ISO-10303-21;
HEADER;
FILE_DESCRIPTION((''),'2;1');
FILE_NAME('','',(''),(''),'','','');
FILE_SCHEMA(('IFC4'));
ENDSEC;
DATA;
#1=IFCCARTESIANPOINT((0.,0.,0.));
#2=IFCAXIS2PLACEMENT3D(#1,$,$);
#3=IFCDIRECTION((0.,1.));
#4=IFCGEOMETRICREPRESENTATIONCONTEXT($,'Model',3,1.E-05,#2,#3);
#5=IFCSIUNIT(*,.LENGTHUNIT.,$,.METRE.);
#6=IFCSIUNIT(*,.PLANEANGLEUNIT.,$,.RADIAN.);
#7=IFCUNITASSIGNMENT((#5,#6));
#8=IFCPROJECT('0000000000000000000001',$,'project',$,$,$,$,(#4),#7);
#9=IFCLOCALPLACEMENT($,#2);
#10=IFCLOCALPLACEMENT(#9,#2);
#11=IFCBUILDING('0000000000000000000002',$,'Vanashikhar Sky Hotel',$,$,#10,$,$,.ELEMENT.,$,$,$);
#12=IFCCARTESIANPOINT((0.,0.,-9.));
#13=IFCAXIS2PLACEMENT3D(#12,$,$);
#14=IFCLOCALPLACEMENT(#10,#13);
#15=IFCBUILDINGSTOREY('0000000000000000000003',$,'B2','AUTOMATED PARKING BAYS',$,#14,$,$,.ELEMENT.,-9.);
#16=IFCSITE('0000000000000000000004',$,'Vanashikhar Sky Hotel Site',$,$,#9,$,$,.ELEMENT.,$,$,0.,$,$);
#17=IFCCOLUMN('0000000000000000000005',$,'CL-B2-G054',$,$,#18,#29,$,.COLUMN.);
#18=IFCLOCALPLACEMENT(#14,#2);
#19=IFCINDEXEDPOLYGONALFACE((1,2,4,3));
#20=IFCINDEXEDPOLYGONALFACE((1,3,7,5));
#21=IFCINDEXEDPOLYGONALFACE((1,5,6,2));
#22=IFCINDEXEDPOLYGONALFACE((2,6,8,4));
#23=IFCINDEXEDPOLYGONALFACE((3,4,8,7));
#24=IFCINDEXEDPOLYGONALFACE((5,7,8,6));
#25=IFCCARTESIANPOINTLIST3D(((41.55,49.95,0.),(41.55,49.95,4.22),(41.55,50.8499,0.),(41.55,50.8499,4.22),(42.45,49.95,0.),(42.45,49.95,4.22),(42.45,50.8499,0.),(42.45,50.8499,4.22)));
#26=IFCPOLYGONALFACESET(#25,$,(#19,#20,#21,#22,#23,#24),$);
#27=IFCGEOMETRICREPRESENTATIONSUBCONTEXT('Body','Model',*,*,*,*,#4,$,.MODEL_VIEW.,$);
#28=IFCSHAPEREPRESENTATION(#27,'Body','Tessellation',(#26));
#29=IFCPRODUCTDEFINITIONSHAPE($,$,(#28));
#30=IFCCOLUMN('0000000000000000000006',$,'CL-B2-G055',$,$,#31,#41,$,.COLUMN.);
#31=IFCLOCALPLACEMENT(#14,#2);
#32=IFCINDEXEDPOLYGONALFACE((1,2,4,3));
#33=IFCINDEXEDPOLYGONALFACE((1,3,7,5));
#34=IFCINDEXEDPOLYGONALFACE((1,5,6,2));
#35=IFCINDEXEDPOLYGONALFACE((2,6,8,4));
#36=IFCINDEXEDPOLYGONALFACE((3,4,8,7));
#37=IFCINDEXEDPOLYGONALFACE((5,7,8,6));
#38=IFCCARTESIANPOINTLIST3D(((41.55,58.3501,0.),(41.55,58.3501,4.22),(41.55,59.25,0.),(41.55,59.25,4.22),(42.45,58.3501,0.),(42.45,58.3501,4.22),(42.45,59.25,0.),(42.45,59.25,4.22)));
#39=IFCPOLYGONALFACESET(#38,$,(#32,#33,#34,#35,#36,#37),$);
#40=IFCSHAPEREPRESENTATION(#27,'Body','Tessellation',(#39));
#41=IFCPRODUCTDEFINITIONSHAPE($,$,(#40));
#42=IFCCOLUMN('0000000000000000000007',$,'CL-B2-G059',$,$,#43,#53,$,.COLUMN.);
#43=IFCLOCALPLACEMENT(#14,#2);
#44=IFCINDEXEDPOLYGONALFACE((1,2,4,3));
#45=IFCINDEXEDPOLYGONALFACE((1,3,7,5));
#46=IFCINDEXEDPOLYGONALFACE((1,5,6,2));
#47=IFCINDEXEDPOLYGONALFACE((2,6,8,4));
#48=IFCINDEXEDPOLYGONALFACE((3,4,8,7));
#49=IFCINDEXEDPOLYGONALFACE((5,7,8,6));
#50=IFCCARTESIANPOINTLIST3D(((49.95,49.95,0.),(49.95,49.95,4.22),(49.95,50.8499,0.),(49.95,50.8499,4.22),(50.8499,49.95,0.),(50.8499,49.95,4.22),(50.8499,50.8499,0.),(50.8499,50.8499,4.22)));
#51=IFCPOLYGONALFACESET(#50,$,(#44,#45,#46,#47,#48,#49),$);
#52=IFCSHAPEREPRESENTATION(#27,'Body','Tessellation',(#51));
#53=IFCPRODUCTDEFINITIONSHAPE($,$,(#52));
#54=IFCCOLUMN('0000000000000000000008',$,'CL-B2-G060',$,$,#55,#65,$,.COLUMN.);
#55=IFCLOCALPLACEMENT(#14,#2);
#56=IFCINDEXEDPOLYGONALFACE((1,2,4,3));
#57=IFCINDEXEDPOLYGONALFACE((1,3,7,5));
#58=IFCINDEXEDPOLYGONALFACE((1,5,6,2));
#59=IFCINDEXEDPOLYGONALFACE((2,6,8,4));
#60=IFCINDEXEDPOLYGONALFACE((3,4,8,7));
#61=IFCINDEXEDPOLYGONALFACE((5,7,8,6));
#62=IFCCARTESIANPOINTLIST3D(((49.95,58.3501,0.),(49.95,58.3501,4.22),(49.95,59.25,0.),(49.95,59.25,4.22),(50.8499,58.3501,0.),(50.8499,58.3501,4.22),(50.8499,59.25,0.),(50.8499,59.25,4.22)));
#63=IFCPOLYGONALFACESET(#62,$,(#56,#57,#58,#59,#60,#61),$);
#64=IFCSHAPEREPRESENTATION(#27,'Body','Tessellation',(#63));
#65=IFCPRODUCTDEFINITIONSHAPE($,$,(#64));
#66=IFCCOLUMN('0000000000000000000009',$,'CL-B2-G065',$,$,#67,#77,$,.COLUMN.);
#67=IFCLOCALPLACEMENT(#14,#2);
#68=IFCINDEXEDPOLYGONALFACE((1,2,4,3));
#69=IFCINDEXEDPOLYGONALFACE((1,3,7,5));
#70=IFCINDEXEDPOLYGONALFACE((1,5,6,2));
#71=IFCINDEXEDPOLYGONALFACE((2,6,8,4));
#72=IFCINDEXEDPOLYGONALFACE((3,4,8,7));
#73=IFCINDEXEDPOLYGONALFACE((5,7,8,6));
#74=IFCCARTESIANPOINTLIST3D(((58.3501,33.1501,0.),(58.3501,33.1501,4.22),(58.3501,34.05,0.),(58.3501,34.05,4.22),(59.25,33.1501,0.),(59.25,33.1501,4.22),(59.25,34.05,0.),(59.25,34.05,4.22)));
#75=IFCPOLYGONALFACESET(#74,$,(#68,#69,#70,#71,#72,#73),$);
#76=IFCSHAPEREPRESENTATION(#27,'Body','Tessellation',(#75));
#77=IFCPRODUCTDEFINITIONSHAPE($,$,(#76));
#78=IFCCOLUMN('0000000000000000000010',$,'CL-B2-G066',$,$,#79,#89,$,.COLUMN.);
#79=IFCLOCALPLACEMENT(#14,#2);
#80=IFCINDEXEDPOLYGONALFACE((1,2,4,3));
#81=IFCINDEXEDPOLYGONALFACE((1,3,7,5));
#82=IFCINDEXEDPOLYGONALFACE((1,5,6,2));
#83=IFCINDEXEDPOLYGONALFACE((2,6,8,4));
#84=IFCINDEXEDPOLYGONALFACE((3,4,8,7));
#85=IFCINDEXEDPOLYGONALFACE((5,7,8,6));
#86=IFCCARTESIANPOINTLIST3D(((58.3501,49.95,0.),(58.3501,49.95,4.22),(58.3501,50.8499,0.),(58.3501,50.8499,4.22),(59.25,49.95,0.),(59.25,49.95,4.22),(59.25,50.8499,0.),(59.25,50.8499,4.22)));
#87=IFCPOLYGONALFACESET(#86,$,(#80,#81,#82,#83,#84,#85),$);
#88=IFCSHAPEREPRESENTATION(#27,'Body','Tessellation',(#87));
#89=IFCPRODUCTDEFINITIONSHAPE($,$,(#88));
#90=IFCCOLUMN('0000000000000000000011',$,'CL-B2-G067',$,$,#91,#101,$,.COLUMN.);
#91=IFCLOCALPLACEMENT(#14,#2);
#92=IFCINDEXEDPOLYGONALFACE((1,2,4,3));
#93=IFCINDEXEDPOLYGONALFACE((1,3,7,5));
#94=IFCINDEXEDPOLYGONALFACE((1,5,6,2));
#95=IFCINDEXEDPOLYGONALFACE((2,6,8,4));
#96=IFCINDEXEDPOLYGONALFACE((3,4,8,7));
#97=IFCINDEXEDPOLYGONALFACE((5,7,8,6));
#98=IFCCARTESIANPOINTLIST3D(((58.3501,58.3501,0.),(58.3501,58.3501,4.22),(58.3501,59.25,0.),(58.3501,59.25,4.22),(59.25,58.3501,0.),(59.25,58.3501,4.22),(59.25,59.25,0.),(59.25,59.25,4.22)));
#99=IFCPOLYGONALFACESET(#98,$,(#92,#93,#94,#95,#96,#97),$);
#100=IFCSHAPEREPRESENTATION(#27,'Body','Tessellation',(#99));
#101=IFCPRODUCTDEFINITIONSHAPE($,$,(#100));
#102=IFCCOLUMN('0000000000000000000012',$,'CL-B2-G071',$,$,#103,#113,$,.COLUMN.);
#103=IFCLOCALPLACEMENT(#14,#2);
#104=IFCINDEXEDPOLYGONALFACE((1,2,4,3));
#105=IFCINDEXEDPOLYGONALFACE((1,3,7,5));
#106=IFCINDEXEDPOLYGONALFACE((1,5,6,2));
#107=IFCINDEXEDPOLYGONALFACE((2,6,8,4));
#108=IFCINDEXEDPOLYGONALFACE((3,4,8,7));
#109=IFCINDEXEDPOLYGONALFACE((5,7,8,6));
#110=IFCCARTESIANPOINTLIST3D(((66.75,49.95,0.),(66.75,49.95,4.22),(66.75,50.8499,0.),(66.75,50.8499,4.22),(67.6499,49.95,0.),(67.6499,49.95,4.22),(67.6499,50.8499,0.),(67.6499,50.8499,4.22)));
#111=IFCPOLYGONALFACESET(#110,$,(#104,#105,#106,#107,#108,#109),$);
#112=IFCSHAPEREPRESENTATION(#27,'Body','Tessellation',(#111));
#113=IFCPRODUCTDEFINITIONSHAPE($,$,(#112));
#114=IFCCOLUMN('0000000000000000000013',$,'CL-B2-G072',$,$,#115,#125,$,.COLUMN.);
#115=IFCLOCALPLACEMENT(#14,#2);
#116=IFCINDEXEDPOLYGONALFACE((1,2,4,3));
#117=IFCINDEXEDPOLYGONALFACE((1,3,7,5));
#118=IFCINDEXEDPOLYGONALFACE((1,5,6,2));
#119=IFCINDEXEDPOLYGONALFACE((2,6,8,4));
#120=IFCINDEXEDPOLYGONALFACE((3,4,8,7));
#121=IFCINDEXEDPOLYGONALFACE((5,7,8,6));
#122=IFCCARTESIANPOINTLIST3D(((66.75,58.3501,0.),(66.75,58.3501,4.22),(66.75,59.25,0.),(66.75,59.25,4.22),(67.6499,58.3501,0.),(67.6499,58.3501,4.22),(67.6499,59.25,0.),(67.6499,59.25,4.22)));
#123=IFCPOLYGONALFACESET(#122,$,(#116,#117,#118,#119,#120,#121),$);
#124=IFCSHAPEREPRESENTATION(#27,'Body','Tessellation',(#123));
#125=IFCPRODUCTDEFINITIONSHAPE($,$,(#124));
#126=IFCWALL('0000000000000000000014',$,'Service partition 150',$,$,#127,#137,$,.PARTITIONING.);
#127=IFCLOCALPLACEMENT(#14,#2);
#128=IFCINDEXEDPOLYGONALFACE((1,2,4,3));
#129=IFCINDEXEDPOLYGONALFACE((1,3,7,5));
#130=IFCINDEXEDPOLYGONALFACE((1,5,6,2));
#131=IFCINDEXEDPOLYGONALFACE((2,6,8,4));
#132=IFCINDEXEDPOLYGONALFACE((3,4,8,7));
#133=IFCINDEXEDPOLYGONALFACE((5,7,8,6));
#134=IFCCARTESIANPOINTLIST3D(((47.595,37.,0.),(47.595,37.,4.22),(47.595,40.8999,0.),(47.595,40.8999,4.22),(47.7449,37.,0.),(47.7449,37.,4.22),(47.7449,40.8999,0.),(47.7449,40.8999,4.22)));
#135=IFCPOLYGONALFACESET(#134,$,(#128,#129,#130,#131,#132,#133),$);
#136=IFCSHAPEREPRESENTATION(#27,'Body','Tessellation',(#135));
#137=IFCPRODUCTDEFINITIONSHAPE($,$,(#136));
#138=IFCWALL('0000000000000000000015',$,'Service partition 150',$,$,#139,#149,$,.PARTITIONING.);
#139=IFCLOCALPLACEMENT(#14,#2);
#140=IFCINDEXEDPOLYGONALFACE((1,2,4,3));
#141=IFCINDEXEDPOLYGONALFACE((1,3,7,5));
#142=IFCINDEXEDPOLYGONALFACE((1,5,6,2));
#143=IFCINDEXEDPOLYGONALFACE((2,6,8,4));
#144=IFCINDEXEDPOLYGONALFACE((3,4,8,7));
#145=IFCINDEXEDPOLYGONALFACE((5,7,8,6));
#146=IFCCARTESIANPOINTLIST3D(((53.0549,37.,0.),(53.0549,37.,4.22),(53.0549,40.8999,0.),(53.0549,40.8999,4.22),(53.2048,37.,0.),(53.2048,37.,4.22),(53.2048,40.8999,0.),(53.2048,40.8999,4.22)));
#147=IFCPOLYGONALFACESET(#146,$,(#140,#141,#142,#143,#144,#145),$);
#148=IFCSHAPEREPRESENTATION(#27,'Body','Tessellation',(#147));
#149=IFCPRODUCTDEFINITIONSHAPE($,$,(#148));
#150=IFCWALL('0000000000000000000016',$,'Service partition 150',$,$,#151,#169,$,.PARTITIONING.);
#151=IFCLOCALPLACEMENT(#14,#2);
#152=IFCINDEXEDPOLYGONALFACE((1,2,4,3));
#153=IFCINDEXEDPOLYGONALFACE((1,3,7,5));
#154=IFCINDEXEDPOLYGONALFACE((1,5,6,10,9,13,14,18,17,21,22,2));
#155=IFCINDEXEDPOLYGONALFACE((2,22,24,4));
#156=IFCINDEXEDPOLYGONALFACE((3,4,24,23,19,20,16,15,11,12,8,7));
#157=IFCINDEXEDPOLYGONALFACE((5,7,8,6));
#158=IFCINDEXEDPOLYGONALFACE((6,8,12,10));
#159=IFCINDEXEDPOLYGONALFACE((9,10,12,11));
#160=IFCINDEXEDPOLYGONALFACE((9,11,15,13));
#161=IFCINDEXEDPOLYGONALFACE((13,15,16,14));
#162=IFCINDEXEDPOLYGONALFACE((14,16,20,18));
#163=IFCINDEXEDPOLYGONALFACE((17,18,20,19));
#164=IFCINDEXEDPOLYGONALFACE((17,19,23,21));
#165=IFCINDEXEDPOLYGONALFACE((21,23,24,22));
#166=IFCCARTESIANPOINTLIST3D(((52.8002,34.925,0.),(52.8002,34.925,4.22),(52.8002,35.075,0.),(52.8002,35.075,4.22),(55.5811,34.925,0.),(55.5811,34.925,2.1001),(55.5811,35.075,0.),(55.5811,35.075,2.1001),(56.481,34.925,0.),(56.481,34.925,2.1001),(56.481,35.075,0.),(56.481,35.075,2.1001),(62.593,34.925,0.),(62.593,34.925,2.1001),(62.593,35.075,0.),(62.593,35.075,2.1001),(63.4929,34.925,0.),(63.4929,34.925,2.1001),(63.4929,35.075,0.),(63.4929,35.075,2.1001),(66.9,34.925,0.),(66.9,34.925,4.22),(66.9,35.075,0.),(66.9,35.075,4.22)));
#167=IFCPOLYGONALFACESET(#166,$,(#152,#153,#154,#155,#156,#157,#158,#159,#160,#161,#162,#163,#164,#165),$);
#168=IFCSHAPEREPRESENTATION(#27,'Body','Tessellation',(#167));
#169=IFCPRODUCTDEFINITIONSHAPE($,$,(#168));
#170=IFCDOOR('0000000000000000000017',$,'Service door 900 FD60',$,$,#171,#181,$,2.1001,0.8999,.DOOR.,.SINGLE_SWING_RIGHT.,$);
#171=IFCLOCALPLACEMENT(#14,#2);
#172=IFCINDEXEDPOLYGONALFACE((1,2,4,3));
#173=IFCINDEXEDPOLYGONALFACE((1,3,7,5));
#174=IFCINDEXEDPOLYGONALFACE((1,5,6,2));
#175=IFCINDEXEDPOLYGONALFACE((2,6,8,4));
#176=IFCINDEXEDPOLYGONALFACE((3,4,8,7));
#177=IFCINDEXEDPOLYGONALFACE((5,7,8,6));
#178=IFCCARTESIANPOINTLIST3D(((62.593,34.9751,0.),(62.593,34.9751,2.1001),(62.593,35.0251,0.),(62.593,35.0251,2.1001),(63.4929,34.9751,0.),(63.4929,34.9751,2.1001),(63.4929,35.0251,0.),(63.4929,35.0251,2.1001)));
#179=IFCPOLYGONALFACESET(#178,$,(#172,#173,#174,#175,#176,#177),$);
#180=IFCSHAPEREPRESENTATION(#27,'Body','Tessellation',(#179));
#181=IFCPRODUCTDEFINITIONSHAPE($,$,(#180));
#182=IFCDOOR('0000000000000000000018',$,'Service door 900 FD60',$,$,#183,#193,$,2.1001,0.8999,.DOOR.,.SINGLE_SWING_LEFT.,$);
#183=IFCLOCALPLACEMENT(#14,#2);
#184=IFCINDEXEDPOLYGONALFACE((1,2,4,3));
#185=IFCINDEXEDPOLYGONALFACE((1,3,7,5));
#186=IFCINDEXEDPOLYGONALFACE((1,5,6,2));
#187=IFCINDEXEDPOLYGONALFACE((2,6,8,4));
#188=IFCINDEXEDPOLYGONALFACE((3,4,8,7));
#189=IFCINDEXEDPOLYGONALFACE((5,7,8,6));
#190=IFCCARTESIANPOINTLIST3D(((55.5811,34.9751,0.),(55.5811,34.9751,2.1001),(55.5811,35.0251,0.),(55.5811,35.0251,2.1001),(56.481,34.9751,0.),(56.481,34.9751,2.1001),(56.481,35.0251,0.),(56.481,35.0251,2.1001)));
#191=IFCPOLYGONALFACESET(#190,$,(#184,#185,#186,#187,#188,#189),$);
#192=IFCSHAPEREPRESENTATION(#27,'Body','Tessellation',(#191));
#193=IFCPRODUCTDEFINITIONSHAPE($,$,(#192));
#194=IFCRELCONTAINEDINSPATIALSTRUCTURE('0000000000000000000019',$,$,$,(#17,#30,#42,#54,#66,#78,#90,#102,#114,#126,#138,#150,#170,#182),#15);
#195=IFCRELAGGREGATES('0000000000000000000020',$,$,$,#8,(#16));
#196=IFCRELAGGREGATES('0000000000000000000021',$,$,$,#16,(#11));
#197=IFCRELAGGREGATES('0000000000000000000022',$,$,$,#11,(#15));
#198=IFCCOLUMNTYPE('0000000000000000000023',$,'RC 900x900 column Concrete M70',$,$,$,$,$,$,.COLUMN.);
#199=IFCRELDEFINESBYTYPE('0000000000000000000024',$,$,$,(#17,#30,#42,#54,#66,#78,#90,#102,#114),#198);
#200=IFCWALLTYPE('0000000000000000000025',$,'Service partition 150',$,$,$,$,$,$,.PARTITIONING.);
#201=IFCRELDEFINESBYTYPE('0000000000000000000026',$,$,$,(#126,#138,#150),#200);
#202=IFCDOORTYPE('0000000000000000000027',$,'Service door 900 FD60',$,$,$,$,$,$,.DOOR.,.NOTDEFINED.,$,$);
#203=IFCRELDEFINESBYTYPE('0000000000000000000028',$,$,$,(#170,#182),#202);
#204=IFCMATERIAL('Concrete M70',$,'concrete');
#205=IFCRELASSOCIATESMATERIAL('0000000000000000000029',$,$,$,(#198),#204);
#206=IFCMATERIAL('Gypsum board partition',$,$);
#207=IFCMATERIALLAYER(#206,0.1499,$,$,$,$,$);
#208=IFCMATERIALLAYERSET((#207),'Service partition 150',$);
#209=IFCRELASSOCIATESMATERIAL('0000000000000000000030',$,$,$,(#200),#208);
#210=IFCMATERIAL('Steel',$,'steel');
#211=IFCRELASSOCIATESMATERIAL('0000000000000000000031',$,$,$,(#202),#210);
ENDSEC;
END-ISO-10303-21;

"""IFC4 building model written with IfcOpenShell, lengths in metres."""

from ifc_helpers import new_model, si_unit, direction, frame, frame_2d, origin, origin_2d, place, context, subcontext, project, spatial, rectangle, extrude, source, transform, mapped, material, layer, layer_set, material_profile, profile_set, type_object, element, fill, save


model = new_model("IFC4")

# Units and contexts
model_context = context("Model", 3, precision=1e-05, world=origin(), true_north=direction((0.0, 1.0)))
body_context = subcontext(model_context, "Body", "Model", "MODEL_VIEW")
ifc_project = project(units=[si_unit("LENGTHUNIT", "METRE"), si_unit("PLANEANGLEUNIT", "RADIAN")], contexts=[model_context])

# Site, building, storey
site_placement = place(None, origin())
site = spatial("IfcSite", under=ifc_project, at=site_placement, Name="Vanashikhar Sky Hotel Site", CompositionType="ELEMENT", RefElevation=0.0)
building_placement = place(site_placement, origin())
building = spatial("IfcBuilding", under=site, at=building_placement, Name="Vanashikhar Sky Hotel", CompositionType="ELEMENT")
storey_placement = place(building_placement, frame((0.0, 0.0, -9.0)))
storey = spatial("IfcBuildingStorey", under=building, at=storey_placement, Name="B2", Description="AUTOMATED PARKING BAYS", CompositionType="ELEMENT", Elevation=-9.0)

# Columns
ifc_material_1 = material(Name="Concrete M70", Category="concrete")
ifc_material_profile = material_profile(ifc_material_1, rectangle(XDim=0.8999, YDim=0.8999, at=origin_2d()))
ifc_profile_set = profile_set([ifc_material_profile], Name="RC 900x900 column Concrete M70")
column_type = type_object("IfcColumnType", Name="RC 900x900 column Concrete M70", PredefinedType="COLUMN", material=ifc_profile_set)
shared_shape_1 = source(origin(), body_context, "Body", "SweptSolid", [
    extrude(rectangle(XDim=0.8999, YDim=0.8999, at=origin_2d()), origin(), (0.0, 0.0, 1.0), 4.22),
])
for number, where, z_axis, x_axis, name in (
    (1, (42.0, 50.3999, 0.0), (0.0, 0.0, 1.0), (1.0, 0.0, 0.0), "CL-B2-G054"),
    (2, (42.0, 58.8, 0.0), (0.0, 0.0, 1.0), (1.0, 0.0, 0.0), "CL-B2-G055"),
    (3, (50.3999, 50.3999, 0.0), (0.0, 0.0, 1.0), (1.0, 0.0, 0.0), "CL-B2-G059"),
    (4, (50.3999, 58.8, 0.0), (0.0, 0.0, 1.0), (1.0, 0.0, 0.0), "CL-B2-G060"),
    (5, (58.8, 33.6001, 0.0), (0.0, 0.0, 1.0), (1.0, 0.0, 0.0), "CL-B2-G065"),
    (6, (58.8, 50.3999, 0.0), (0.0, 0.0, 1.0), (1.0, 0.0, 0.0), "CL-B2-G066"),
    (7, (58.8, 58.8, 0.0), (0.0, 0.0, 1.0), (1.0, 0.0, 0.0), "CL-B2-G067"),
    (8, (67.2, 50.3999, 0.0), (0.0, 0.0, 1.0), (1.0, 0.0, 0.0), "CL-B2-G071"),
    (9, (67.2, 58.8, 0.0), (0.0, 0.0, 1.0), (1.0, 0.0, 0.0), "CL-B2-G072"),
):
    element("IfcColumn", number, at=place(storey_placement, frame(where, z_axis=z_axis, x_axis=x_axis)), inside=storey, type_object=column_type, Name=name, PredefinedType="COLUMN", context=body_context, shape_type="MappedRepresentation", body=[
        mapped(shared_shape_1, transform((0.0, 0.0, 0.0), scale=1.0)),
    ])

# Walls
ifc_material_2 = material(Name="Gypsum board partition")
ifc_layer_1 = layer(ifc_material_2, 0.1499)
ifc_layer_set_1 = layer_set([ifc_layer_1], Name="Service partition 150")
wall_type_1 = type_object("IfcWallType", Name="Service partition 150", PredefinedType="PARTITIONING", material=ifc_layer_set_1)
shared_shape_2 = source(origin(), body_context, "Body", "SweptSolid", [
    extrude(rectangle(XDim=3.8999, YDim=0.1499, at=frame_2d((1.95, 0.0))), origin(), (0.0, 0.0, 1.0), 4.22),
])
for number, where, z_axis, x_axis, name in (
    (10, (47.6699, 37.0, 0.0), (0.0, 0.0, 1.0), (0.0, 1.0, 0.0), "Service partition 150"),
    (11, (53.1299, 37.0, 0.0), (0.0, 0.0, 1.0), (0.0, 1.0, 0.0), "Service partition 150"),
):
    element("IfcWall", number, at=place(storey_placement, frame(where, z_axis=z_axis, x_axis=x_axis)), inside=storey, type_object=wall_type_1, Name=name, PredefinedType="PARTITIONING", context=body_context, shape_type="MappedRepresentation", body=[
        mapped(shared_shape_2, transform((0.0, 0.0, 0.0), scale=1.0)),
    ])

# Wall, openings, doors
shared_shape_3 = source(origin(), body_context, "Body", "SweptSolid", [
    extrude(rectangle(XDim=14.0999, YDim=0.1499, at=frame_2d((7.0498, 0.0))), origin(), (0.0, 0.0, 1.0), 4.22),
])
wall_1_placement = place(storey_placement, frame((66.8999, 35.0, 0.0), z_axis=(0.0, 0.0, 1.0), x_axis=(-1.0, 0.0, 0.0)))
wall_1 = element("IfcWall", 12, at=wall_1_placement, inside=storey, type_object=wall_type_1, Name="Service partition 150", PredefinedType="PARTITIONING", context=body_context, shape_type="MappedRepresentation", body=[
    mapped(shared_shape_3, transform((0.0, 0.0, 0.0), scale=1.0)),
])
shared_shape_4 = source(origin(), body_context, "Body", "SweptSolid", [
    extrude(rectangle(XDim=0.8999, YDim=2.1001, at=frame_2d((0.45, 1.05))), frame((0.0, 0.085, 0.0), z_axis=(0.0, -1.0, 0.0), x_axis=(1.0, 0.0, 0.0)), (0.0, 0.0, 1.0), 0.1699),
])
opening_1_placement = place(wall_1_placement, frame((3.407, 0.0, 0.0)))
opening_1 = element("IfcOpeningElement", 13, at=opening_1_placement, cuts=wall_1, PredefinedType="OPENING", context=body_context, shape_type="MappedRepresentation", body=[
    mapped(shared_shape_4, transform((0.0, 0.0, 0.0), scale=1.0)),
])
opening_2_placement = place(wall_1_placement, frame((10.4189, 0.0, 0.0)))
opening_2 = element("IfcOpeningElement", 14, at=opening_2_placement, cuts=wall_1, PredefinedType="OPENING", context=body_context, shape_type="MappedRepresentation", body=[
    mapped(shared_shape_4, transform((0.0, 0.0, 0.0), scale=1.0)),
])
ifc_material_3 = material(Name="Steel", Category="steel")
door_type = type_object("IfcDoorType", Name="Service door 900 FD60", OperationType="NOTDEFINED", PredefinedType="DOOR", material=ifc_material_3)
shared_shape_5 = source(origin(), body_context, "Body", "SweptSolid", [
    extrude(rectangle(XDim=0.8999, YDim=2.1001, at=frame_2d((0.45, 1.05))), frame((0.0, 0.0249, 0.0), z_axis=(0.0, -1.0, 0.0), x_axis=(1.0, 0.0, 0.0)), (0.0, 0.0, 1.0), 0.05),
])
door_1_placement = place(opening_1_placement, origin())
door_1 = element("IfcDoor", 15, at=door_1_placement, inside=storey, type_object=door_type, Name="Service door 900 FD60", OperationType="SINGLE_SWING_RIGHT", OverallHeight=2.1001, OverallWidth=0.8999, PredefinedType="DOOR", context=body_context, shape_type="MappedRepresentation", body=[
    mapped(shared_shape_5, transform((0.0, 0.0, 0.0), scale=1.0)),
])
fill(opening_1, door_1)
door_2_placement = place(opening_2_placement, origin())
door_2 = element("IfcDoor", 16, at=door_2_placement, inside=storey, type_object=door_type, Name="Service door 900 FD60", OperationType="SINGLE_SWING_LEFT", OverallHeight=2.1001, OverallWidth=0.8999, PredefinedType="DOOR", context=body_context, shape_type="MappedRepresentation", body=[
    mapped(shared_shape_5, transform((0.0, 0.0, 0.0), scale=1.0)),
])
fill(opening_2, door_2)

save(model, "model.ifc")
